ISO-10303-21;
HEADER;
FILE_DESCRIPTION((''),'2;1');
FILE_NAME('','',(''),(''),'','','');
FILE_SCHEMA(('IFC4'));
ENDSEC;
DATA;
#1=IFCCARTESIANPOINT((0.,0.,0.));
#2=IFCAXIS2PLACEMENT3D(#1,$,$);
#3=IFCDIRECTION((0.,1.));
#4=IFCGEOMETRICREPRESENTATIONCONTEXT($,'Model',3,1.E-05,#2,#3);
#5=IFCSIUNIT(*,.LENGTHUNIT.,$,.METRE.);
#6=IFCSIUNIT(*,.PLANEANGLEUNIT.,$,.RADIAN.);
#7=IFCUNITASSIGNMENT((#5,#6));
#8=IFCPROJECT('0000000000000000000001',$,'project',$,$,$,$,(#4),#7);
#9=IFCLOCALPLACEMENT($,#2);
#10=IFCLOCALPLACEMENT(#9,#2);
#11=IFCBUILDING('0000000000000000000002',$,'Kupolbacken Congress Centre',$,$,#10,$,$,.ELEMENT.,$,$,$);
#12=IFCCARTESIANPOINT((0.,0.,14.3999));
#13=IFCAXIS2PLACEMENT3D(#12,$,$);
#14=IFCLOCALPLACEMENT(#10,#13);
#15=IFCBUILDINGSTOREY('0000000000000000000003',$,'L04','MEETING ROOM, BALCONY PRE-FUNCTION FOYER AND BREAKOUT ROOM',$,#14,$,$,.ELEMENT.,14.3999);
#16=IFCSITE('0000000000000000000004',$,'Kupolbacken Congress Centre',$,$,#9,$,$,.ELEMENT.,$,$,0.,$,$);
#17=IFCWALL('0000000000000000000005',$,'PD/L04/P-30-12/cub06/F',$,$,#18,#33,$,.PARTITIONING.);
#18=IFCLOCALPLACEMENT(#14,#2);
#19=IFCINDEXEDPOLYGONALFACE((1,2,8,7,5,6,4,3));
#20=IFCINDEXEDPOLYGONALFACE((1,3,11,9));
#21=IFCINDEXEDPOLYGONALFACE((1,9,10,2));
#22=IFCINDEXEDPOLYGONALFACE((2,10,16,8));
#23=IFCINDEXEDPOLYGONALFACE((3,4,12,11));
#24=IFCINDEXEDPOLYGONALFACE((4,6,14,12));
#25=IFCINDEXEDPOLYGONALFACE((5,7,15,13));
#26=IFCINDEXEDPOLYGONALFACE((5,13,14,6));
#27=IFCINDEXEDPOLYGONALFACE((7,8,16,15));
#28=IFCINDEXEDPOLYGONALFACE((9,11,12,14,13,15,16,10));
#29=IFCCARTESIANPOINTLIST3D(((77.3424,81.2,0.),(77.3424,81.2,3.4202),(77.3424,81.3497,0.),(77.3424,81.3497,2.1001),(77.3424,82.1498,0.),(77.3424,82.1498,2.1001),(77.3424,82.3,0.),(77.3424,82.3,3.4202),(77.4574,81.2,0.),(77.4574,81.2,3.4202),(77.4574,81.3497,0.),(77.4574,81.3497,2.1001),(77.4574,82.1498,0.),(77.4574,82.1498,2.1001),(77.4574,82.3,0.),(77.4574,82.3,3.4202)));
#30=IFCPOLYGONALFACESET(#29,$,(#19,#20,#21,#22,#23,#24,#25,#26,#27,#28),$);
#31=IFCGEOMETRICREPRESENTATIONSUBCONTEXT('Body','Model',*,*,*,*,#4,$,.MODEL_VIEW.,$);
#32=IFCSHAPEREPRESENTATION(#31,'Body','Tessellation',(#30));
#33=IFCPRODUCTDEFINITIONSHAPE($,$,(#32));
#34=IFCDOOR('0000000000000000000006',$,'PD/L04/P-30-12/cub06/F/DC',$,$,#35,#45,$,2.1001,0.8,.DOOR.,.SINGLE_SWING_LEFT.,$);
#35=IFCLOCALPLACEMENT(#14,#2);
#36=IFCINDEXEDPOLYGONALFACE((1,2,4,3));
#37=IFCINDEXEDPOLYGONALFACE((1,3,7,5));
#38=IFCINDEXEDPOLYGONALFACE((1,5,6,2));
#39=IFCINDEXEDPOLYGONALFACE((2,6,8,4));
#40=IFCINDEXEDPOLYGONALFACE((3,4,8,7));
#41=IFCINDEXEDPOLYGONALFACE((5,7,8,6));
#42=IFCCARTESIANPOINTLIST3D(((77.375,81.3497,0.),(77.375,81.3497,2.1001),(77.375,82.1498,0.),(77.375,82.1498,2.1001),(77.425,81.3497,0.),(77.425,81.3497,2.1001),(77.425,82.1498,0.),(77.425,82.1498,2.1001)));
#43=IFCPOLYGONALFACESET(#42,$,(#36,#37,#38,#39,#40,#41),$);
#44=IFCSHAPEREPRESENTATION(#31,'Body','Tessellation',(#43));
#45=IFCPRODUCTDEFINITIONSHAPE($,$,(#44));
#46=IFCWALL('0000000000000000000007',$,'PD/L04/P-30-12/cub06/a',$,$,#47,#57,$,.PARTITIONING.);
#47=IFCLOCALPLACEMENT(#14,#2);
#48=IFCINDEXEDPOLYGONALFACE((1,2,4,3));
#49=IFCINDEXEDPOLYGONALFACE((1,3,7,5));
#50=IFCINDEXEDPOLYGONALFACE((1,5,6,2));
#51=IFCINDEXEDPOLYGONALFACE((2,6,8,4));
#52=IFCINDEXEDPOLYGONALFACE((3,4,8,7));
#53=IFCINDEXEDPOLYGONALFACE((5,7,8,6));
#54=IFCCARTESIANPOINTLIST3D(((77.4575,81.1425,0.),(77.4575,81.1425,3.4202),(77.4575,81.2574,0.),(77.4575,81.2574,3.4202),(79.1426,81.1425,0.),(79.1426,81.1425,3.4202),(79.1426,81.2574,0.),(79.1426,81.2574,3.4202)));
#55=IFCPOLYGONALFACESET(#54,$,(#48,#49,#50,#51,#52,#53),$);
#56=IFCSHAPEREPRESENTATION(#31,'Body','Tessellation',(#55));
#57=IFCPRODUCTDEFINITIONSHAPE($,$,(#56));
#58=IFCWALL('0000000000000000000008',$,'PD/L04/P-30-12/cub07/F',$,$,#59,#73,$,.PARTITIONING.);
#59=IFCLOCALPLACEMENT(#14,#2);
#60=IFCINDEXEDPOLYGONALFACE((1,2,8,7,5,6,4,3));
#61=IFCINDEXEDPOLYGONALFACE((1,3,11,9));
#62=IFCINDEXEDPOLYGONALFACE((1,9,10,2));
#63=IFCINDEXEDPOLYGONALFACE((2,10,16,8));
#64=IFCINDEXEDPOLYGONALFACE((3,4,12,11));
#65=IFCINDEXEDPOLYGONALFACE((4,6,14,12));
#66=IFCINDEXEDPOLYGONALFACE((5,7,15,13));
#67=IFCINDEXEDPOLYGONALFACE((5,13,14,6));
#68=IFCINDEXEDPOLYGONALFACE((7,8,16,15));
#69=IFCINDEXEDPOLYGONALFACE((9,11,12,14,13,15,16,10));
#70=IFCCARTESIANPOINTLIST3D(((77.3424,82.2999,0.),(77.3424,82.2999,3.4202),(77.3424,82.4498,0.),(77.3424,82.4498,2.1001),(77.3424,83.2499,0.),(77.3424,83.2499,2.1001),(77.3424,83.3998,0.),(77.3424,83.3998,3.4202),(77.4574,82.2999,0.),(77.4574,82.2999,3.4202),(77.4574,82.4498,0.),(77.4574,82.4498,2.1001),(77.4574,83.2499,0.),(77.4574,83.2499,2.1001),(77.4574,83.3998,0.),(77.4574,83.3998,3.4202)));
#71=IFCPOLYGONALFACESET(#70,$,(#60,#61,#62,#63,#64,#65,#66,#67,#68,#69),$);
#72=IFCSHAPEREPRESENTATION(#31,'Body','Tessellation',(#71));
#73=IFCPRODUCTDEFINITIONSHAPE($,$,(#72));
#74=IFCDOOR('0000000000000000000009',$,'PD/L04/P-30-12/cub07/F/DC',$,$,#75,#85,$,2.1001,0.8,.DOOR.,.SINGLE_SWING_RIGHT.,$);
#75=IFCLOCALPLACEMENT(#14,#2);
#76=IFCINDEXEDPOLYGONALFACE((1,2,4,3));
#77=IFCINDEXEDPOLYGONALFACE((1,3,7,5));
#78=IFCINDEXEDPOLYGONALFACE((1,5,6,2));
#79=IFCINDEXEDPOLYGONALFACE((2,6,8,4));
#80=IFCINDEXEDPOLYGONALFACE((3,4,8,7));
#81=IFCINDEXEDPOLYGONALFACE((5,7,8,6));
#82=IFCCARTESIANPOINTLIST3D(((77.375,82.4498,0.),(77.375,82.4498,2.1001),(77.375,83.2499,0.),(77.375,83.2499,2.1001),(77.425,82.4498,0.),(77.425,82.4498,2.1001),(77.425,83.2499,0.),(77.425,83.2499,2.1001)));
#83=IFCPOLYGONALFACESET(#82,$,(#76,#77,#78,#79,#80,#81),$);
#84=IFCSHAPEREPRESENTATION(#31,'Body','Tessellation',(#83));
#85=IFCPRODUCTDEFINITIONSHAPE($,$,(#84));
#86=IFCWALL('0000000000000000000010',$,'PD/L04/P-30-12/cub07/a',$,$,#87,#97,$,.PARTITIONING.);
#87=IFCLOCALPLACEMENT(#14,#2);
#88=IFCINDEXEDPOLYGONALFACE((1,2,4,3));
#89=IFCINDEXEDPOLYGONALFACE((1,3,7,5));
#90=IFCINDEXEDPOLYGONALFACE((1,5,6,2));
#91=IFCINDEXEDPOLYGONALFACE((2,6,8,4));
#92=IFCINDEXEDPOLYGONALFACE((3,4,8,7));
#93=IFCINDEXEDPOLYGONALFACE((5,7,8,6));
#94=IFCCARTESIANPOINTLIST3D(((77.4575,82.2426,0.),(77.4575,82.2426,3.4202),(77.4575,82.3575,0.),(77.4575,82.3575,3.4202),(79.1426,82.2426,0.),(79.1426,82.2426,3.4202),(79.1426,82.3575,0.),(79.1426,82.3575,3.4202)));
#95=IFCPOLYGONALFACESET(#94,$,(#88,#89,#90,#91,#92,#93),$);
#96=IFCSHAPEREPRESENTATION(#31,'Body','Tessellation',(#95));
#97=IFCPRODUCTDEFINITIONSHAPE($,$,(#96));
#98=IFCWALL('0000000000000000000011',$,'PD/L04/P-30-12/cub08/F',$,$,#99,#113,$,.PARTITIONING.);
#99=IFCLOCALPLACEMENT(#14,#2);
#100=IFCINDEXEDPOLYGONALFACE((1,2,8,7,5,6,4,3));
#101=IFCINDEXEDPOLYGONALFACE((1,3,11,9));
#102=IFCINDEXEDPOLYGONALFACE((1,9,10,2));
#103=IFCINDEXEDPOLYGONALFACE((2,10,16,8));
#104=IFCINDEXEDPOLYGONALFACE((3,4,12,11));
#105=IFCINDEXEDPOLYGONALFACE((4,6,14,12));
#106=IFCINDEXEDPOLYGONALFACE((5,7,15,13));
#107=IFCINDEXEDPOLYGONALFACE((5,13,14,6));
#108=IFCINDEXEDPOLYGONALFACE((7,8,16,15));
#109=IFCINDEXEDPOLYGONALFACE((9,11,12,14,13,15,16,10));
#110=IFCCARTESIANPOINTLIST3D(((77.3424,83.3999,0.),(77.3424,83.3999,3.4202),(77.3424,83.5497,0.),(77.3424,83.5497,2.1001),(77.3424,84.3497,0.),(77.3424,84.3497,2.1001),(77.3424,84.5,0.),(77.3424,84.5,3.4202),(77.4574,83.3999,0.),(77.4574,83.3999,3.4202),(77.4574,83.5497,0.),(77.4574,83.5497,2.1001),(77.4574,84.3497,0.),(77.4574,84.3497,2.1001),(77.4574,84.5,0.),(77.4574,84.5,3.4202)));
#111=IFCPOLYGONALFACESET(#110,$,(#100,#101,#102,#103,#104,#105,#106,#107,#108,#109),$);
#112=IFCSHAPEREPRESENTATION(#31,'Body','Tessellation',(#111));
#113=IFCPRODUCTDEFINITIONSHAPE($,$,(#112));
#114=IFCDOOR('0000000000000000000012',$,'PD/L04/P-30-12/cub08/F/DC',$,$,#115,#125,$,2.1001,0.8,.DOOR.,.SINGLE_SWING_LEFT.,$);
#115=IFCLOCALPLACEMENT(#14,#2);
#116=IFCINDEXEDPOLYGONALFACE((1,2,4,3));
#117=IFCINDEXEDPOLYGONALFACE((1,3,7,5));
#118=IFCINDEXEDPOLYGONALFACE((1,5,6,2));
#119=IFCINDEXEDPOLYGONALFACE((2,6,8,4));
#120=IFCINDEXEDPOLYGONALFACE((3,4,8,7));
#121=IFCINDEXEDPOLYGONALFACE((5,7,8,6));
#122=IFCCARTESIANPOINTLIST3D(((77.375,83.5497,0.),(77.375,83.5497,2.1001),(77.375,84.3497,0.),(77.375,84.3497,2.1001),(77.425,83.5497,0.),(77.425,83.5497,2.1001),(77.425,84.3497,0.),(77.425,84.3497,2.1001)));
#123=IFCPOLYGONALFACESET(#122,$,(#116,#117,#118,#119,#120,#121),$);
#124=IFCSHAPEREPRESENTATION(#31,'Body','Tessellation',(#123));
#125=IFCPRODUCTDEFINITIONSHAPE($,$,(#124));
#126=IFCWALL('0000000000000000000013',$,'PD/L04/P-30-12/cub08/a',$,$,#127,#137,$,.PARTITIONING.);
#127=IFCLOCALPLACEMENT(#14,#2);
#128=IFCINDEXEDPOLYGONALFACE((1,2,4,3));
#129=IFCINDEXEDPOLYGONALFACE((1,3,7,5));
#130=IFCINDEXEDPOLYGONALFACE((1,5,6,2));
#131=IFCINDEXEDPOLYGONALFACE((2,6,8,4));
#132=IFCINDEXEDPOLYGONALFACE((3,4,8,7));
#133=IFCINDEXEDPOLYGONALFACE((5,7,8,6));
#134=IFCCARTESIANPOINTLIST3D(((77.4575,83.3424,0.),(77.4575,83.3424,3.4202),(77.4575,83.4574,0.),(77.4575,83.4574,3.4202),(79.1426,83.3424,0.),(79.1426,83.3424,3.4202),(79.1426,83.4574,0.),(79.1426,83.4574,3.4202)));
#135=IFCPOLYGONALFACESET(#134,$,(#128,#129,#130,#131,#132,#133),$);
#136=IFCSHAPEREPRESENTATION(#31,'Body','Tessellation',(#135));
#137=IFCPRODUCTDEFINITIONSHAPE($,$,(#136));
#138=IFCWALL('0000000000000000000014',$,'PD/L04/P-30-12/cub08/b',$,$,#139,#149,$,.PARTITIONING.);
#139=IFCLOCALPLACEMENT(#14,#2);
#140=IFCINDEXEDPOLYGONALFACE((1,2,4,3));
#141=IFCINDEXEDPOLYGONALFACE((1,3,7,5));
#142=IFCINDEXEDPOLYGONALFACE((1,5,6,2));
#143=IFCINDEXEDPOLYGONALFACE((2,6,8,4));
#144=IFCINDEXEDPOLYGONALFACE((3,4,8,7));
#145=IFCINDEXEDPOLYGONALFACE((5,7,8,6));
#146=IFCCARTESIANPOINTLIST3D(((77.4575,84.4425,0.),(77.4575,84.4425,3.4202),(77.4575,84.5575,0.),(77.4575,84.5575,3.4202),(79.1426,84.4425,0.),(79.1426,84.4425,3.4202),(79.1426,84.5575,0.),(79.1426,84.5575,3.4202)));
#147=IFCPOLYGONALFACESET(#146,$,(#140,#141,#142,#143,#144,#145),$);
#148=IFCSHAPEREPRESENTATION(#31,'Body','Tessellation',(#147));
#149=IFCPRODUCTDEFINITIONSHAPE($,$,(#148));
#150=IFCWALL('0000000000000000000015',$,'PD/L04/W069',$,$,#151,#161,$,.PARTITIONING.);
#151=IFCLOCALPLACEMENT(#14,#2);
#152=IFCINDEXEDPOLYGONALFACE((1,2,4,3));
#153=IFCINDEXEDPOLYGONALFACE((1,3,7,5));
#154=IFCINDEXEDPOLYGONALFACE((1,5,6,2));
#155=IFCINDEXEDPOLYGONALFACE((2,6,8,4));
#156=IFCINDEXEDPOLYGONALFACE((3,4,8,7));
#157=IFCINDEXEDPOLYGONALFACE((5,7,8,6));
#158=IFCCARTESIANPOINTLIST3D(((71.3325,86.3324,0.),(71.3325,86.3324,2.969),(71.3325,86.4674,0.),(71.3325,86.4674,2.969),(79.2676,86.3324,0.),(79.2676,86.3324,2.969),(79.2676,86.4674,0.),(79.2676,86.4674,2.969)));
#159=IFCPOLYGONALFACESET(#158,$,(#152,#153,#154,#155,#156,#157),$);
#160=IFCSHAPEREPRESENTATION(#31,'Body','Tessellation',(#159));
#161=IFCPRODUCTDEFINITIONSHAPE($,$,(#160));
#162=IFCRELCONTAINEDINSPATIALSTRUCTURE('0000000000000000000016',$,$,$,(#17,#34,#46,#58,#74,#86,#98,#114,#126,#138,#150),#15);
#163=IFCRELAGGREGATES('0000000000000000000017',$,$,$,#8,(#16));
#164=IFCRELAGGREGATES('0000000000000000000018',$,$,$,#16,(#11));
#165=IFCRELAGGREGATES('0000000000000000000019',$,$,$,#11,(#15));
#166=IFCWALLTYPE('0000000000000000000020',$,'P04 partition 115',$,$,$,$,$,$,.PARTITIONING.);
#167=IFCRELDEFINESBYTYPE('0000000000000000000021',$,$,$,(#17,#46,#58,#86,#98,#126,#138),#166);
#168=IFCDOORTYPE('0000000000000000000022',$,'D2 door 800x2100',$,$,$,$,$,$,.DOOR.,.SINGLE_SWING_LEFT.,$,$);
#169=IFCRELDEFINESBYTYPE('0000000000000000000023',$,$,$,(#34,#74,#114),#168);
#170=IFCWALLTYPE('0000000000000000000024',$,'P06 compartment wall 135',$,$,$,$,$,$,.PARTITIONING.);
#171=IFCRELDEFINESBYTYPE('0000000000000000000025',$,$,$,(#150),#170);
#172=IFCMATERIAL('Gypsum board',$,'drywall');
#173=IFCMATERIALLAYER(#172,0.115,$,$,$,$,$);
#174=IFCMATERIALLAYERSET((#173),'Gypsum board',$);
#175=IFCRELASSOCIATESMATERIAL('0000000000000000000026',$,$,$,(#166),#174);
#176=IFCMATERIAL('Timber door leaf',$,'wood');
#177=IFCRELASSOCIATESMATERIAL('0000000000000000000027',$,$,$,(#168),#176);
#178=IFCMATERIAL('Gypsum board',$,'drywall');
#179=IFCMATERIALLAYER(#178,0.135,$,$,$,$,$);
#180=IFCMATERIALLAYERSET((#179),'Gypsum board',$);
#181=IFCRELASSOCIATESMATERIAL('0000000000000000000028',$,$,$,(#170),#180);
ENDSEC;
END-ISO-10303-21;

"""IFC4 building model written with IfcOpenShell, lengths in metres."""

from ifc_helpers import new_model, si_unit, direction, frame, frame_2d, origin, place, context, subcontext, project, spatial, rectangle, extrude, material, layer, layer_set, type_object, element, fill, save


model = new_model("IFC4")

# Units and contexts
model_context = context("Model", 3, precision=1e-05, world=origin(), true_north=direction((0.0, 1.0)))
body_context = subcontext(model_context, "Body", "Model", "MODEL_VIEW")
ifc_project = project(units=[si_unit("LENGTHUNIT", "METRE"), si_unit("PLANEANGLEUNIT", "RADIAN")], contexts=[model_context])

# Site, building, storey
site_placement = place(None, origin())
site = spatial("IfcSite", under=ifc_project, at=site_placement, Name="Kupolbacken Congress Centre", CompositionType="ELEMENT", RefElevation=0.0)
building_placement = place(site_placement, origin())
building = spatial("IfcBuilding", under=site, at=building_placement, Name="Kupolbacken Congress Centre", CompositionType="ELEMENT")
storey_placement = place(building_placement, frame((0.0, 0.0, 14.3999)))
storey = spatial("IfcBuildingStorey", under=building, at=storey_placement, Name="L04", Description="MEETING ROOM, BALCONY PRE-FUNCTION FOYER AND BREAKOUT ROOM", CompositionType="ELEMENT", Elevation=14.3999)

# Shared definitions
ifc_material_1 = material(Name="Gypsum board", Category="drywall")
ifc_layer_1 = layer(ifc_material_1, 0.115)
ifc_layer_set_1 = layer_set([ifc_layer_1], Name="Gypsum board")
wall_type_1 = type_object("IfcWallType", Name="P04 partition 115", PredefinedType="PARTITIONING", material=ifc_layer_set_1)
ifc_material_2 = material(Name="Timber door leaf", Category="wood")
door_type_1 = type_object("IfcDoorType", Name="D2 door 800x2100", OperationType="SINGLE_SWING_LEFT", PredefinedType="DOOR", material=ifc_material_2)

# Wall, opening, door
wall_1_placement = place(storey_placement, frame((77.3999, 81.2, 0.0), z_axis=(0.0, 0.0, 1.0), x_axis=(0.0, 1.0, 0.0)))
wall_1 = element("IfcWall", 1, at=wall_1_placement, inside=storey, type_object=wall_type_1, Name="PD/L04/P-30-12/cub06/F", PredefinedType="PARTITIONING", context=body_context, shape_type="SweptSolid", body=[
    extrude(rectangle(XDim=1.1001, YDim=0.115, at=frame_2d((0.55, 0.0))), origin(), (0.0, 0.0, 1.0), 3.4202),
])
opening_1_placement = place(wall_1_placement, frame((0.1499, 0.0, 0.0)))
opening_1 = element("IfcOpeningElement", 2, at=opening_1_placement, cuts=wall_1, PredefinedType="OPENING", context=body_context, shape_type="SweptSolid", body=[
    extrude(rectangle(XDim=0.8, YDim=2.1001, at=frame_2d((0.3999, 1.05))), frame((0.0, 0.0674, 0.0), z_axis=(0.0, -1.0, 0.0), x_axis=(1.0, 0.0, 0.0)), (0.0, 0.0, 1.0), 0.135),
])
door_1_placement = place(opening_1_placement, origin())
door_1 = element("IfcDoor", 3, at=door_1_placement, inside=storey, type_object=door_type_1, Name="PD/L04/P-30-12/cub06/F/DC", OperationType="SINGLE_SWING_LEFT", OverallHeight=2.1001, OverallWidth=0.8, PredefinedType="DOOR", context=body_context, shape_type="SweptSolid", body=[
    extrude(rectangle(XDim=0.8, YDim=2.1001, at=frame_2d((0.3999, 1.05))), frame((0.0, 0.0249, 0.0), z_axis=(0.0, -1.0, 0.0), x_axis=(1.0, 0.0, 0.0)), (0.0, 0.0, 1.0), 0.05),
])
fill(opening_1, door_1)

# Wall
wall_2_placement = place(storey_placement, frame((79.1426, 81.2, 0.0), z_axis=(0.0, 0.0, 1.0), x_axis=(-1.0, 0.0, 0.0)))
element("IfcWall", 4, at=wall_2_placement, inside=storey, type_object=wall_type_1, Name="PD/L04/P-30-12/cub06/a", PredefinedType="PARTITIONING", context=body_context, shape_type="SweptSolid", body=[
    extrude(rectangle(XDim=1.6851, YDim=0.115, at=frame_2d((0.8425, 0.0))), origin(), (0.0, 0.0, 1.0), 3.4202),
])

# Wall, opening, door
wall_3_placement = place(storey_placement, frame((77.3999, 82.3, 0.0), z_axis=(0.0, 0.0, 1.0), x_axis=(0.0, 1.0, 0.0)))
wall_3 = element("IfcWall", 5, at=wall_3_placement, inside=storey, type_object=wall_type_1, Name="PD/L04/P-30-12/cub07/F", PredefinedType="PARTITIONING", context=body_context, shape_type="SweptSolid", body=[
    extrude(rectangle(XDim=1.0999, YDim=0.115, at=frame_2d((0.5498, 0.0))), origin(), (0.0, 0.0, 1.0), 3.4202),
])
opening_2_placement = place(wall_3_placement, frame((0.1499, 0.0, 0.0)))
opening_2 = element("IfcOpeningElement", 6, at=opening_2_placement, cuts=wall_3, PredefinedType="OPENING", context=body_context, shape_type="SweptSolid", body=[
    extrude(rectangle(XDim=0.8, YDim=2.1001, at=frame_2d((0.3999, 1.05))), frame((0.0, 0.0674, 0.0), z_axis=(0.0, -1.0, 0.0), x_axis=(1.0, 0.0, 0.0)), (0.0, 0.0, 1.0), 0.135),
])
door_2_placement = place(opening_2_placement, origin())
door_2 = element("IfcDoor", 7, at=door_2_placement, inside=storey, type_object=door_type_1, Name="PD/L04/P-30-12/cub07/F/DC", OperationType="SINGLE_SWING_RIGHT", OverallHeight=2.1001, OverallWidth=0.8, PredefinedType="DOOR", context=body_context, shape_type="SweptSolid", body=[
    extrude(rectangle(XDim=0.8, YDim=2.1001, at=frame_2d((0.3999, 1.05))), frame((0.0, 0.0249, 0.0), z_axis=(0.0, -1.0, 0.0), x_axis=(1.0, 0.0, 0.0)), (0.0, 0.0, 1.0), 0.05),
])
fill(opening_2, door_2)

# Wall
wall_4_placement = place(storey_placement, frame((79.1426, 82.3, 0.0), z_axis=(0.0, 0.0, 1.0), x_axis=(-1.0, 0.0, 0.0)))
element("IfcWall", 8, at=wall_4_placement, inside=storey, type_object=wall_type_1, Name="PD/L04/P-30-12/cub07/a", PredefinedType="PARTITIONING", context=body_context, shape_type="SweptSolid", body=[
    extrude(rectangle(XDim=1.6851, YDim=0.115, at=frame_2d((0.8425, 0.0))), origin(), (0.0, 0.0, 1.0), 3.4202),
])

# Wall, opening, door
wall_5_placement = place(storey_placement, frame((77.3999, 83.3999, 0.0), z_axis=(0.0, 0.0, 1.0), x_axis=(0.0, 1.0, 0.0)))
wall_5 = element("IfcWall", 9, at=wall_5_placement, inside=storey, type_object=wall_type_1, Name="PD/L04/P-30-12/cub08/F", PredefinedType="PARTITIONING", context=body_context, shape_type="SweptSolid", body=[
    extrude(rectangle(XDim=1.1001, YDim=0.115, at=frame_2d((0.55, 0.0))), origin(), (0.0, 0.0, 1.0), 3.4202),
])
opening_3_placement = place(wall_5_placement, frame((0.1499, 0.0, 0.0)))
opening_3 = element("IfcOpeningElement", 10, at=opening_3_placement, cuts=wall_5, PredefinedType="OPENING", context=body_context, shape_type="SweptSolid", body=[
    extrude(rectangle(XDim=0.8, YDim=2.1001, at=frame_2d((0.3999, 1.05))), frame((0.0, 0.0674, 0.0), z_axis=(0.0, -1.0, 0.0), x_axis=(1.0, 0.0, 0.0)), (0.0, 0.0, 1.0), 0.135),
])
door_3_placement = place(opening_3_placement, origin())
door_3 = element("IfcDoor", 11, at=door_3_placement, inside=storey, type_object=door_type_1, Name="PD/L04/P-30-12/cub08/F/DC", OperationType="SINGLE_SWING_LEFT", OverallHeight=2.1001, OverallWidth=0.8, PredefinedType="DOOR", context=body_context, shape_type="SweptSolid", body=[
    extrude(rectangle(XDim=0.8, YDim=2.1001, at=frame_2d((0.3999, 1.05))), frame((0.0, 0.0249, 0.0), z_axis=(0.0, -1.0, 0.0), x_axis=(1.0, 0.0, 0.0)), (0.0, 0.0, 1.0), 0.05),
])
fill(opening_3, door_3)

# Walls
for number, where, z_axis, x_axis, name in (
    (12, (79.1426, 83.3999, 0.0), (0.0, 0.0, 1.0), (-1.0, 0.0, 0.0), "PD/L04/P-30-12/cub08/a"),
    (13, (79.1426, 84.5, 0.0), (0.0, 0.0, 1.0), (-1.0, 0.0, 0.0), "PD/L04/P-30-12/cub08/b"),
):
    element("IfcWall", number, at=place(storey_placement, frame(where, z_axis=z_axis, x_axis=x_axis)), inside=storey, type_object=wall_type_1, Name=name, PredefinedType="PARTITIONING", context=body_context, shape_type="SweptSolid", body=[
        extrude(rectangle(XDim=1.6851, YDim=0.115, at=frame_2d((0.8425, 0.0))), origin(), (0.0, 0.0, 1.0), 3.4202),
    ])
ifc_material_3 = material(Name="Gypsum board", Category="drywall")
ifc_layer_2 = layer(ifc_material_3, 0.135)
ifc_layer_set_2 = layer_set([ifc_layer_2], Name="Gypsum board")
wall_type_2 = type_object("IfcWallType", Name="P06 compartment wall 135", PredefinedType="PARTITIONING", material=ifc_layer_set_2)
wall_6_placement = place(storey_placement, frame((71.3325, 86.3999, 0.0), z_axis=(0.0, 0.0, 1.0), x_axis=(1.0, 0.0, 0.0)))
element("IfcWall", 14, at=wall_6_placement, inside=storey, type_object=wall_type_2, Name="PD/L04/W069", PredefinedType="PARTITIONING", context=body_context, shape_type="SweptSolid", body=[
    extrude(rectangle(XDim=7.9351, YDim=0.135, at=frame_2d((3.9675, 0.0))), origin(), (0.0, 0.0, 1.0), 2.969),
])

save(model, "model.ifc")
